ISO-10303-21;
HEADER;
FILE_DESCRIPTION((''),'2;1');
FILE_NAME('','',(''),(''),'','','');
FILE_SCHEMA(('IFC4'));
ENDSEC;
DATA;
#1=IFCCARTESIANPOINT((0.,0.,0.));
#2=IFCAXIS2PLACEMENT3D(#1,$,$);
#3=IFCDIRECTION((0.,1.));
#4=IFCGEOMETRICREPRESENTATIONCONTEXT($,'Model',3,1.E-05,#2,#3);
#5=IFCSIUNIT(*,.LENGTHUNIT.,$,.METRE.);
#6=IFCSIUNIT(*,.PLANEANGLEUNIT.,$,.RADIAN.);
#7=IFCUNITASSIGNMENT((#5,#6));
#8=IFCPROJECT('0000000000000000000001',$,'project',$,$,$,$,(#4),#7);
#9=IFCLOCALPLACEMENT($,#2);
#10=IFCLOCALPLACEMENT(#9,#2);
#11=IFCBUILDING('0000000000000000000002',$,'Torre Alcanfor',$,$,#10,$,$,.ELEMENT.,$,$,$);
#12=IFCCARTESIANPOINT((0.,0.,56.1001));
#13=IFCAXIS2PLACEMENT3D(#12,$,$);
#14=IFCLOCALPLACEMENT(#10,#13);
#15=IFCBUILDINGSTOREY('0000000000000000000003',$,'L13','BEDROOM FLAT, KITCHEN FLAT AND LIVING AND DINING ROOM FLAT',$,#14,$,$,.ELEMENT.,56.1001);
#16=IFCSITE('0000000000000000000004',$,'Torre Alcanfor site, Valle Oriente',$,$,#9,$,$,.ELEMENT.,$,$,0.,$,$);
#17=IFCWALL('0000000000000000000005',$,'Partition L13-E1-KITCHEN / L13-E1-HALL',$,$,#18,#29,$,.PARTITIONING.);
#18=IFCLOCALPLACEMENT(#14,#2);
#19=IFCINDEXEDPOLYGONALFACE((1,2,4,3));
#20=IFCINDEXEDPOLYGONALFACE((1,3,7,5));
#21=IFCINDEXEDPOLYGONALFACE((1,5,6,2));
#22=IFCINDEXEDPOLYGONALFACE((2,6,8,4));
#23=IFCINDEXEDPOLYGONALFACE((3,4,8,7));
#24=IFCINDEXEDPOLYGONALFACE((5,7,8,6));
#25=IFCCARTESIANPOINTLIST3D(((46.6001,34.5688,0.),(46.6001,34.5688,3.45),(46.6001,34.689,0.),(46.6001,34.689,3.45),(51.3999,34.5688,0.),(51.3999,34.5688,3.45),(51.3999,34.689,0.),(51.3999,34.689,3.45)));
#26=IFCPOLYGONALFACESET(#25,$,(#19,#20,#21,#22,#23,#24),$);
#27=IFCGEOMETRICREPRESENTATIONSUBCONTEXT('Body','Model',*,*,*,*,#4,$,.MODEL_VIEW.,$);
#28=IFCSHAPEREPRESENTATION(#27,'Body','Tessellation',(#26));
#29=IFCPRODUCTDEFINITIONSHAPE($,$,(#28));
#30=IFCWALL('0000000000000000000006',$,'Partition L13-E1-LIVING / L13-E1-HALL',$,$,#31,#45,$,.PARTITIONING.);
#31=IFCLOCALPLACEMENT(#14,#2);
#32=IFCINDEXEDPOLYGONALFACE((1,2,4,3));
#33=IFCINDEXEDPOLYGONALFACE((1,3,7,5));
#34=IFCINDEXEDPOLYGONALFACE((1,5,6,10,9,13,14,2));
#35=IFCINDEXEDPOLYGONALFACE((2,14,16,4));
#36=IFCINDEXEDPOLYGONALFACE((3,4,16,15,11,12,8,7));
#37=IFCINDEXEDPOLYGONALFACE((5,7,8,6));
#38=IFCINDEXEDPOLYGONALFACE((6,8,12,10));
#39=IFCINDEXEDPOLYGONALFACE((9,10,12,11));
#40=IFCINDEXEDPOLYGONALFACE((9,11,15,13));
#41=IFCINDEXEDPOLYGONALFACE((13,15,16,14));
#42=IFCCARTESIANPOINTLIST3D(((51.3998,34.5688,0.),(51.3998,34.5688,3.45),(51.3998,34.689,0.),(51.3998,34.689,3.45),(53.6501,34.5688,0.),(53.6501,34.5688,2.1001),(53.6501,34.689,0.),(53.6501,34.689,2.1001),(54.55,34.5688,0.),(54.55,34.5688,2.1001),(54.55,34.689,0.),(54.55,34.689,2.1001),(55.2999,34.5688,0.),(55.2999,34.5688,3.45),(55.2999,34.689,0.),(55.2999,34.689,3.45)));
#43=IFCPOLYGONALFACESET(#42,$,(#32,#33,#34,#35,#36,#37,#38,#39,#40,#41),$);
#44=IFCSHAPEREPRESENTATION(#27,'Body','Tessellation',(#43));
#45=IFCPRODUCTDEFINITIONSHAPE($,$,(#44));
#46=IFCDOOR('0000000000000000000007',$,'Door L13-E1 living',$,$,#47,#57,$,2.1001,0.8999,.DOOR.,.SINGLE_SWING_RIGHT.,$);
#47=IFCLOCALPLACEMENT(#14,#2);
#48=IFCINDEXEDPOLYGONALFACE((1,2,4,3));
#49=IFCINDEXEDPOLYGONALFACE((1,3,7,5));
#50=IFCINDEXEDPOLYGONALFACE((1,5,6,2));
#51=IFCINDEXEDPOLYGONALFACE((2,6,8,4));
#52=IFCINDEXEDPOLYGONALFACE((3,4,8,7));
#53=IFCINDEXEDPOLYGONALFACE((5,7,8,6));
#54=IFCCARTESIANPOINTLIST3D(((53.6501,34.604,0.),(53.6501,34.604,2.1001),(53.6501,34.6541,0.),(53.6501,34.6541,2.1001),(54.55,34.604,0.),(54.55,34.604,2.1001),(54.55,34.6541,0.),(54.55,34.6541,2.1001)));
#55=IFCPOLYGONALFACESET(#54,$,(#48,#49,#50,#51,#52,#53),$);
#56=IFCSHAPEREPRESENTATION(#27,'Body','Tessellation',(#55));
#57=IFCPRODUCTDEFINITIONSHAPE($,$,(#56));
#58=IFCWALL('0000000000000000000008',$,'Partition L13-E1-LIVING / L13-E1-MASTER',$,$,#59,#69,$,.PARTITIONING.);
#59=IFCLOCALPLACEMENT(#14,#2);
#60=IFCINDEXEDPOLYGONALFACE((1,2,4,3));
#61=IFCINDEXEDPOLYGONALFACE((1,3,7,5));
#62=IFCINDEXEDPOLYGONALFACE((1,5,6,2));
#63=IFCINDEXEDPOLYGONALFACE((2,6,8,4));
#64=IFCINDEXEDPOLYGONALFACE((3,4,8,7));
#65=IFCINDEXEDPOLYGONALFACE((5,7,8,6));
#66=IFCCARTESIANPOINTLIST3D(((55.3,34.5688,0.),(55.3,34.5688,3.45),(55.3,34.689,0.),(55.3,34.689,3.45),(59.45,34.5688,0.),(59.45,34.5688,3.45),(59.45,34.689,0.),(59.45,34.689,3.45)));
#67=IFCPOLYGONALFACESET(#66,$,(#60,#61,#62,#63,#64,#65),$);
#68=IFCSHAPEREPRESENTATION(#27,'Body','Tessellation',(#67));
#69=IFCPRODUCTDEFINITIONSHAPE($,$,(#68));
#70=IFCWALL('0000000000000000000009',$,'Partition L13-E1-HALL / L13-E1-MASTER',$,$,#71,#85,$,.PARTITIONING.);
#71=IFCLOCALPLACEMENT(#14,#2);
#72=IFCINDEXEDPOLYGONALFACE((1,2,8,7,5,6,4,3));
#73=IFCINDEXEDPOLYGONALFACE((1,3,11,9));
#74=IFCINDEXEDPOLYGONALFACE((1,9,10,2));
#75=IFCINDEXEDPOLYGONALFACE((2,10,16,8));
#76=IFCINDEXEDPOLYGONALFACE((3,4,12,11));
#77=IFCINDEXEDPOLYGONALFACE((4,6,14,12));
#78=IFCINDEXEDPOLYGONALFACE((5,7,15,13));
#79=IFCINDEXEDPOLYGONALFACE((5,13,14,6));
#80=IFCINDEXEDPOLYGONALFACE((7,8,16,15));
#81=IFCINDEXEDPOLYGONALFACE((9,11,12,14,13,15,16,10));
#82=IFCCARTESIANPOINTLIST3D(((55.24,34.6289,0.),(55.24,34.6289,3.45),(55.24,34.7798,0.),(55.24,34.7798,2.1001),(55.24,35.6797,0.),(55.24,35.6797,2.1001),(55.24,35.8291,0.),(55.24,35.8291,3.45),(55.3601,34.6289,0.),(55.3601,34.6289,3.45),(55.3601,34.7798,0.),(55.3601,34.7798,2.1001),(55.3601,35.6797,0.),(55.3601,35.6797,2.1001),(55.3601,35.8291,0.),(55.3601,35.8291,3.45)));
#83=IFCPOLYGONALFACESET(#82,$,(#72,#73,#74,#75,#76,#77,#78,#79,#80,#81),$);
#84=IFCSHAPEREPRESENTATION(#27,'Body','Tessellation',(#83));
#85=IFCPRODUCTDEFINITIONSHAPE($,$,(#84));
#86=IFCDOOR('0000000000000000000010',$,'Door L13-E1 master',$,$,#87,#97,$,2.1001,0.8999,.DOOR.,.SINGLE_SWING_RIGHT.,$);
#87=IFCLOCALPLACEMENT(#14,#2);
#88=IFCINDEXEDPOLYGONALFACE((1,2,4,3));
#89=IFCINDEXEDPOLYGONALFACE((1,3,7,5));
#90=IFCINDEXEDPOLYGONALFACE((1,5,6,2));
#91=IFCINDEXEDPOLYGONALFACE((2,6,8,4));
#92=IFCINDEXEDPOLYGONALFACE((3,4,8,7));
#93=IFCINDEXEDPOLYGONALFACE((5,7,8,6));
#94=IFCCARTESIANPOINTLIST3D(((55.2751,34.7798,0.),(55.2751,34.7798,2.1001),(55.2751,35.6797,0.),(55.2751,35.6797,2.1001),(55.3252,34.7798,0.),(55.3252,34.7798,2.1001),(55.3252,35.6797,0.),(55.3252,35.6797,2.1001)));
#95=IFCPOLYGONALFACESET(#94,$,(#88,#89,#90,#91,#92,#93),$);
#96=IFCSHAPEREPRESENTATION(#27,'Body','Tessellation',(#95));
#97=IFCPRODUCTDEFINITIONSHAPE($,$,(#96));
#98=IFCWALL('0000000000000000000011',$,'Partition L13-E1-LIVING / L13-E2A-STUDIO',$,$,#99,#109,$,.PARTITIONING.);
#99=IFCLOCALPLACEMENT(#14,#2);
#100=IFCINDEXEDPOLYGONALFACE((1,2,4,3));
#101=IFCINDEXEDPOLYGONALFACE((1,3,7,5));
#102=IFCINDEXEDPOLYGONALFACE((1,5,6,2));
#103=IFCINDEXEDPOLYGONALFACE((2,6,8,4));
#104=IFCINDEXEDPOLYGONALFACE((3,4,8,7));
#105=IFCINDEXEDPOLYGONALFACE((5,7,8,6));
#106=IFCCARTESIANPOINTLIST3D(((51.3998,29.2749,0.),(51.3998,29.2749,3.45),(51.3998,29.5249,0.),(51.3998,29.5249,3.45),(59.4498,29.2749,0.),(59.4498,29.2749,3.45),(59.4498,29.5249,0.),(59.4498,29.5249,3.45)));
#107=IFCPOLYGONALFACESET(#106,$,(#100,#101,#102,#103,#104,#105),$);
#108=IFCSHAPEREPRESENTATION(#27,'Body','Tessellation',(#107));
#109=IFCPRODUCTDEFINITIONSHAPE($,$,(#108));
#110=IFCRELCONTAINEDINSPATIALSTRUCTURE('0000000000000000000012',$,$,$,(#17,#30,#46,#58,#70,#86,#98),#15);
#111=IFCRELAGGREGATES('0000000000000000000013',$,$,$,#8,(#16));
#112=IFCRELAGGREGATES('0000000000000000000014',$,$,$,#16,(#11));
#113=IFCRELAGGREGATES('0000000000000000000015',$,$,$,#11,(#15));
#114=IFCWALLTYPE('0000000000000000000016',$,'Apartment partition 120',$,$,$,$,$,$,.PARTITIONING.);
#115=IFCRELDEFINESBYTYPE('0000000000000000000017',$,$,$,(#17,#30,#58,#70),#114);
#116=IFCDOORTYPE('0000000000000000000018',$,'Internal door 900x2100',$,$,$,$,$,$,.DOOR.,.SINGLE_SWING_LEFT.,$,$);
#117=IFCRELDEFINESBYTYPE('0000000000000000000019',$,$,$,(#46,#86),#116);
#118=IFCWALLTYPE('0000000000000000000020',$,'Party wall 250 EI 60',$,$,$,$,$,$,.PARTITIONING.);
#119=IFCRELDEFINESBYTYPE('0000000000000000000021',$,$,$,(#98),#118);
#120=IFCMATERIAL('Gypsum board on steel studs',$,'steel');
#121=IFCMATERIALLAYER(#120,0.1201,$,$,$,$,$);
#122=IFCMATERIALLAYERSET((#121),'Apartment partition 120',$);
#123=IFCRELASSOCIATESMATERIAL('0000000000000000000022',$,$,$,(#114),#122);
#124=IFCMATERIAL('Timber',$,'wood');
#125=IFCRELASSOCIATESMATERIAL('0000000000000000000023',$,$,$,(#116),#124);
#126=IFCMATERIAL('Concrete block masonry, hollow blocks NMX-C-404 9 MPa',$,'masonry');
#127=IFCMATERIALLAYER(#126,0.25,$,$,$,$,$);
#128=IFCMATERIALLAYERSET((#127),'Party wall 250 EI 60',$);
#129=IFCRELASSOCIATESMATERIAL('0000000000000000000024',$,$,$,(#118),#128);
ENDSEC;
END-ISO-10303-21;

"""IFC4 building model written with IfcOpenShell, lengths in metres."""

from ifc_helpers import new_model, si_unit, direction, frame, frame_2d, origin, place, context, subcontext, project, spatial, rectangle, extrude, material, layer, layer_set, type_object, element, fill, save


model = new_model("IFC4")

# Units and contexts
model_context = context("Model", 3, precision=1e-05, world=origin(), true_north=direction((0.0, 1.0)))
body_context = subcontext(model_context, "Body", "Model", "MODEL_VIEW")
ifc_project = project(units=[si_unit("LENGTHUNIT", "METRE"), si_unit("PLANEANGLEUNIT", "RADIAN")], contexts=[model_context])

# Site, building, storey
site_placement = place(None, origin())
site = spatial("IfcSite", under=ifc_project, at=site_placement, Name="Torre Alcanfor site, Valle Oriente", CompositionType="ELEMENT", RefElevation=0.0)
building_placement = place(site_placement, origin())
building = spatial("IfcBuilding", under=site, at=building_placement, Name="Torre Alcanfor", CompositionType="ELEMENT")
storey_placement = place(building_placement, frame((0.0, 0.0, 56.1001)))
storey = spatial("IfcBuildingStorey", under=building, at=storey_placement, Name="L13", Description="BEDROOM FLAT, KITCHEN FLAT AND LIVING AND DINING ROOM FLAT", CompositionType="ELEMENT", Elevation=56.1001)

# Wall
ifc_material_1 = material(Name="Gypsum board on steel studs", Category="steel")
ifc_layer_1 = layer(ifc_material_1, 0.1201)
ifc_layer_set_1 = layer_set([ifc_layer_1], Name="Apartment partition 120")
wall_type_1 = type_object("IfcWallType", Name="Apartment partition 120", PredefinedType="PARTITIONING", material=ifc_layer_set_1)
wall_1_placement = place(storey_placement, frame((51.3999, 34.6289, 0.0), z_axis=(0.0, 0.0, 1.0), x_axis=(-1.0, 0.0, 0.0)))
element("IfcWall", 1, at=wall_1_placement, inside=storey, type_object=wall_type_1, Name="Partition L13-E1-KITCHEN / L13-E1-HALL", PredefinedType="PARTITIONING", context=body_context, shape_type="SweptSolid", body=[
    extrude(rectangle(XDim=4.7998, YDim=0.1201, at=frame_2d((2.3999, 0.0))), origin(), (0.0, 0.0, 1.0), 3.45),
])

# Wall, opening, door
wall_2_placement = place(storey_placement, frame((55.3, 34.6289, 0.0), z_axis=(0.0, 0.0, 1.0), x_axis=(-1.0, 0.0, 0.0)))
wall_2 = element("IfcWall", 2, at=wall_2_placement, inside=storey, type_object=wall_type_1, Name="Partition L13-E1-LIVING / L13-E1-HALL", PredefinedType="PARTITIONING", context=body_context, shape_type="SweptSolid", body=[
    extrude(rectangle(XDim=3.9001, YDim=0.1201, at=frame_2d((1.9502, 0.0))), origin(), (0.0, 0.0, 1.0), 3.45),
])
opening_1_placement = place(wall_2_placement, frame((0.75, 0.0, 0.0)))
opening_1 = element("IfcOpeningElement", 3, at=opening_1_placement, cuts=wall_2, PredefinedType="OPENING", context=body_context, shape_type="SweptSolid", body=[
    extrude(rectangle(XDim=0.8999, YDim=2.1001, at=frame_2d((0.45, 1.05))), frame((0.0, 0.0701, 0.0), z_axis=(0.0, -1.0, 0.0), x_axis=(1.0, 0.0, 0.0)), (0.0, 0.0, 1.0), 0.1401),
])
ifc_material_2 = material(Name="Timber", Category="wood")
door_type = type_object("IfcDoorType", Name="Internal door 900x2100", OperationType="SINGLE_SWING_LEFT", PredefinedType="DOOR", material=ifc_material_2)
door_1_placement = place(opening_1_placement, origin())
door_1 = element("IfcDoor", 4, at=door_1_placement, inside=storey, type_object=door_type, Name="Door L13-E1 living", OperationType="SINGLE_SWING_RIGHT", OverallHeight=2.1001, OverallWidth=0.8999, PredefinedType="DOOR", context=body_context, shape_type="SweptSolid", body=[
    extrude(rectangle(XDim=0.8999, YDim=2.1001, at=frame_2d((0.45, 1.05))), frame((0.0, 0.0249, 0.0), z_axis=(0.0, -1.0, 0.0), x_axis=(1.0, 0.0, 0.0)), (0.0, 0.0, 1.0), 0.05),
])
fill(opening_1, door_1)

# Wall
wall_3_placement = place(storey_placement, frame((59.45, 34.6289, 0.0), z_axis=(0.0, 0.0, 1.0), x_axis=(-1.0, 0.0, 0.0)))
element("IfcWall", 5, at=wall_3_placement, inside=storey, type_object=wall_type_1, Name="Partition L13-E1-LIVING / L13-E1-MASTER", PredefinedType="PARTITIONING", context=body_context, shape_type="SweptSolid", body=[
    extrude(rectangle(XDim=4.1499, YDim=0.1201, at=frame_2d((2.075, 0.0))), origin(), (0.0, 0.0, 1.0), 3.45),
])

# Wall, opening, door
wall_4_placement = place(storey_placement, frame((55.3, 34.6289, 0.0), z_axis=(0.0, 0.0, 1.0), x_axis=(0.0, 1.0, 0.0)))
wall_4 = element("IfcWall", 6, at=wall_4_placement, inside=storey, type_object=wall_type_1, Name="Partition L13-E1-HALL / L13-E1-MASTER", PredefinedType="PARTITIONING", context=body_context, shape_type="SweptSolid", body=[
    extrude(rectangle(XDim=1.2002, YDim=0.1201, at=frame_2d((0.6001, 0.0))), origin(), (0.0, 0.0, 1.0), 3.45),
])
opening_2_placement = place(wall_4_placement, frame((0.1509, 0.0, 0.0)))
opening_2 = element("IfcOpeningElement", 7, at=opening_2_placement, cuts=wall_4, PredefinedType="OPENING", context=body_context, shape_type="SweptSolid", body=[
    extrude(rectangle(XDim=0.8999, YDim=2.1001, at=frame_2d((0.45, 1.05))), frame((0.0, 0.0701, 0.0), z_axis=(0.0, -1.0, 0.0), x_axis=(1.0, 0.0, 0.0)), (0.0, 0.0, 1.0), 0.1401),
])
door_2_placement = place(opening_2_placement, frame((0.8999, 0.0, 0.0), z_axis=(0.0, 0.0, 1.0), x_axis=(-1.0, 0.0, 0.0)))
door_2 = element("IfcDoor", 8, at=door_2_placement, inside=storey, type_object=door_type, Name="Door L13-E1 master", OperationType="SINGLE_SWING_RIGHT", OverallHeight=2.1001, OverallWidth=0.8999, PredefinedType="DOOR", context=body_context, shape_type="SweptSolid", body=[
    extrude(rectangle(XDim=0.8999, YDim=2.1001, at=frame_2d((0.45, 1.05))), frame((0.0, 0.0251, 0.0), z_axis=(0.0, -1.0, 0.0), x_axis=(1.0, 0.0, 0.0)), (0.0, 0.0, 1.0), 0.05),
])
fill(opening_2, door_2)

# Wall
ifc_material_3 = material(Name="Concrete block masonry, hollow blocks NMX-C-404 9 MPa", Category="masonry")
ifc_layer_2 = layer(ifc_material_3, 0.25)
ifc_layer_set_2 = layer_set([ifc_layer_2], Name="Party wall 250 EI 60")
wall_type_2 = type_object("IfcWallType", Name="Party wall 250 EI 60", PredefinedType="PARTITIONING", material=ifc_layer_set_2)
wall_5_placement = place(storey_placement, frame((51.3999, 29.3999, 0.0), z_axis=(0.0, 0.0, 1.0), x_axis=(1.0, 0.0, 0.0)))
element("IfcWall", 9, at=wall_5_placement, inside=storey, type_object=wall_type_2, Name="Partition L13-E1-LIVING / L13-E2A-STUDIO", PredefinedType="PARTITIONING", context=body_context, shape_type="SweptSolid", body=[
    extrude(rectangle(XDim=8.05, YDim=0.25, at=frame_2d((4.0249, 0.0))), origin(), (0.0, 0.0, 1.0), 3.45),
])

save(model, "model.ifc")
